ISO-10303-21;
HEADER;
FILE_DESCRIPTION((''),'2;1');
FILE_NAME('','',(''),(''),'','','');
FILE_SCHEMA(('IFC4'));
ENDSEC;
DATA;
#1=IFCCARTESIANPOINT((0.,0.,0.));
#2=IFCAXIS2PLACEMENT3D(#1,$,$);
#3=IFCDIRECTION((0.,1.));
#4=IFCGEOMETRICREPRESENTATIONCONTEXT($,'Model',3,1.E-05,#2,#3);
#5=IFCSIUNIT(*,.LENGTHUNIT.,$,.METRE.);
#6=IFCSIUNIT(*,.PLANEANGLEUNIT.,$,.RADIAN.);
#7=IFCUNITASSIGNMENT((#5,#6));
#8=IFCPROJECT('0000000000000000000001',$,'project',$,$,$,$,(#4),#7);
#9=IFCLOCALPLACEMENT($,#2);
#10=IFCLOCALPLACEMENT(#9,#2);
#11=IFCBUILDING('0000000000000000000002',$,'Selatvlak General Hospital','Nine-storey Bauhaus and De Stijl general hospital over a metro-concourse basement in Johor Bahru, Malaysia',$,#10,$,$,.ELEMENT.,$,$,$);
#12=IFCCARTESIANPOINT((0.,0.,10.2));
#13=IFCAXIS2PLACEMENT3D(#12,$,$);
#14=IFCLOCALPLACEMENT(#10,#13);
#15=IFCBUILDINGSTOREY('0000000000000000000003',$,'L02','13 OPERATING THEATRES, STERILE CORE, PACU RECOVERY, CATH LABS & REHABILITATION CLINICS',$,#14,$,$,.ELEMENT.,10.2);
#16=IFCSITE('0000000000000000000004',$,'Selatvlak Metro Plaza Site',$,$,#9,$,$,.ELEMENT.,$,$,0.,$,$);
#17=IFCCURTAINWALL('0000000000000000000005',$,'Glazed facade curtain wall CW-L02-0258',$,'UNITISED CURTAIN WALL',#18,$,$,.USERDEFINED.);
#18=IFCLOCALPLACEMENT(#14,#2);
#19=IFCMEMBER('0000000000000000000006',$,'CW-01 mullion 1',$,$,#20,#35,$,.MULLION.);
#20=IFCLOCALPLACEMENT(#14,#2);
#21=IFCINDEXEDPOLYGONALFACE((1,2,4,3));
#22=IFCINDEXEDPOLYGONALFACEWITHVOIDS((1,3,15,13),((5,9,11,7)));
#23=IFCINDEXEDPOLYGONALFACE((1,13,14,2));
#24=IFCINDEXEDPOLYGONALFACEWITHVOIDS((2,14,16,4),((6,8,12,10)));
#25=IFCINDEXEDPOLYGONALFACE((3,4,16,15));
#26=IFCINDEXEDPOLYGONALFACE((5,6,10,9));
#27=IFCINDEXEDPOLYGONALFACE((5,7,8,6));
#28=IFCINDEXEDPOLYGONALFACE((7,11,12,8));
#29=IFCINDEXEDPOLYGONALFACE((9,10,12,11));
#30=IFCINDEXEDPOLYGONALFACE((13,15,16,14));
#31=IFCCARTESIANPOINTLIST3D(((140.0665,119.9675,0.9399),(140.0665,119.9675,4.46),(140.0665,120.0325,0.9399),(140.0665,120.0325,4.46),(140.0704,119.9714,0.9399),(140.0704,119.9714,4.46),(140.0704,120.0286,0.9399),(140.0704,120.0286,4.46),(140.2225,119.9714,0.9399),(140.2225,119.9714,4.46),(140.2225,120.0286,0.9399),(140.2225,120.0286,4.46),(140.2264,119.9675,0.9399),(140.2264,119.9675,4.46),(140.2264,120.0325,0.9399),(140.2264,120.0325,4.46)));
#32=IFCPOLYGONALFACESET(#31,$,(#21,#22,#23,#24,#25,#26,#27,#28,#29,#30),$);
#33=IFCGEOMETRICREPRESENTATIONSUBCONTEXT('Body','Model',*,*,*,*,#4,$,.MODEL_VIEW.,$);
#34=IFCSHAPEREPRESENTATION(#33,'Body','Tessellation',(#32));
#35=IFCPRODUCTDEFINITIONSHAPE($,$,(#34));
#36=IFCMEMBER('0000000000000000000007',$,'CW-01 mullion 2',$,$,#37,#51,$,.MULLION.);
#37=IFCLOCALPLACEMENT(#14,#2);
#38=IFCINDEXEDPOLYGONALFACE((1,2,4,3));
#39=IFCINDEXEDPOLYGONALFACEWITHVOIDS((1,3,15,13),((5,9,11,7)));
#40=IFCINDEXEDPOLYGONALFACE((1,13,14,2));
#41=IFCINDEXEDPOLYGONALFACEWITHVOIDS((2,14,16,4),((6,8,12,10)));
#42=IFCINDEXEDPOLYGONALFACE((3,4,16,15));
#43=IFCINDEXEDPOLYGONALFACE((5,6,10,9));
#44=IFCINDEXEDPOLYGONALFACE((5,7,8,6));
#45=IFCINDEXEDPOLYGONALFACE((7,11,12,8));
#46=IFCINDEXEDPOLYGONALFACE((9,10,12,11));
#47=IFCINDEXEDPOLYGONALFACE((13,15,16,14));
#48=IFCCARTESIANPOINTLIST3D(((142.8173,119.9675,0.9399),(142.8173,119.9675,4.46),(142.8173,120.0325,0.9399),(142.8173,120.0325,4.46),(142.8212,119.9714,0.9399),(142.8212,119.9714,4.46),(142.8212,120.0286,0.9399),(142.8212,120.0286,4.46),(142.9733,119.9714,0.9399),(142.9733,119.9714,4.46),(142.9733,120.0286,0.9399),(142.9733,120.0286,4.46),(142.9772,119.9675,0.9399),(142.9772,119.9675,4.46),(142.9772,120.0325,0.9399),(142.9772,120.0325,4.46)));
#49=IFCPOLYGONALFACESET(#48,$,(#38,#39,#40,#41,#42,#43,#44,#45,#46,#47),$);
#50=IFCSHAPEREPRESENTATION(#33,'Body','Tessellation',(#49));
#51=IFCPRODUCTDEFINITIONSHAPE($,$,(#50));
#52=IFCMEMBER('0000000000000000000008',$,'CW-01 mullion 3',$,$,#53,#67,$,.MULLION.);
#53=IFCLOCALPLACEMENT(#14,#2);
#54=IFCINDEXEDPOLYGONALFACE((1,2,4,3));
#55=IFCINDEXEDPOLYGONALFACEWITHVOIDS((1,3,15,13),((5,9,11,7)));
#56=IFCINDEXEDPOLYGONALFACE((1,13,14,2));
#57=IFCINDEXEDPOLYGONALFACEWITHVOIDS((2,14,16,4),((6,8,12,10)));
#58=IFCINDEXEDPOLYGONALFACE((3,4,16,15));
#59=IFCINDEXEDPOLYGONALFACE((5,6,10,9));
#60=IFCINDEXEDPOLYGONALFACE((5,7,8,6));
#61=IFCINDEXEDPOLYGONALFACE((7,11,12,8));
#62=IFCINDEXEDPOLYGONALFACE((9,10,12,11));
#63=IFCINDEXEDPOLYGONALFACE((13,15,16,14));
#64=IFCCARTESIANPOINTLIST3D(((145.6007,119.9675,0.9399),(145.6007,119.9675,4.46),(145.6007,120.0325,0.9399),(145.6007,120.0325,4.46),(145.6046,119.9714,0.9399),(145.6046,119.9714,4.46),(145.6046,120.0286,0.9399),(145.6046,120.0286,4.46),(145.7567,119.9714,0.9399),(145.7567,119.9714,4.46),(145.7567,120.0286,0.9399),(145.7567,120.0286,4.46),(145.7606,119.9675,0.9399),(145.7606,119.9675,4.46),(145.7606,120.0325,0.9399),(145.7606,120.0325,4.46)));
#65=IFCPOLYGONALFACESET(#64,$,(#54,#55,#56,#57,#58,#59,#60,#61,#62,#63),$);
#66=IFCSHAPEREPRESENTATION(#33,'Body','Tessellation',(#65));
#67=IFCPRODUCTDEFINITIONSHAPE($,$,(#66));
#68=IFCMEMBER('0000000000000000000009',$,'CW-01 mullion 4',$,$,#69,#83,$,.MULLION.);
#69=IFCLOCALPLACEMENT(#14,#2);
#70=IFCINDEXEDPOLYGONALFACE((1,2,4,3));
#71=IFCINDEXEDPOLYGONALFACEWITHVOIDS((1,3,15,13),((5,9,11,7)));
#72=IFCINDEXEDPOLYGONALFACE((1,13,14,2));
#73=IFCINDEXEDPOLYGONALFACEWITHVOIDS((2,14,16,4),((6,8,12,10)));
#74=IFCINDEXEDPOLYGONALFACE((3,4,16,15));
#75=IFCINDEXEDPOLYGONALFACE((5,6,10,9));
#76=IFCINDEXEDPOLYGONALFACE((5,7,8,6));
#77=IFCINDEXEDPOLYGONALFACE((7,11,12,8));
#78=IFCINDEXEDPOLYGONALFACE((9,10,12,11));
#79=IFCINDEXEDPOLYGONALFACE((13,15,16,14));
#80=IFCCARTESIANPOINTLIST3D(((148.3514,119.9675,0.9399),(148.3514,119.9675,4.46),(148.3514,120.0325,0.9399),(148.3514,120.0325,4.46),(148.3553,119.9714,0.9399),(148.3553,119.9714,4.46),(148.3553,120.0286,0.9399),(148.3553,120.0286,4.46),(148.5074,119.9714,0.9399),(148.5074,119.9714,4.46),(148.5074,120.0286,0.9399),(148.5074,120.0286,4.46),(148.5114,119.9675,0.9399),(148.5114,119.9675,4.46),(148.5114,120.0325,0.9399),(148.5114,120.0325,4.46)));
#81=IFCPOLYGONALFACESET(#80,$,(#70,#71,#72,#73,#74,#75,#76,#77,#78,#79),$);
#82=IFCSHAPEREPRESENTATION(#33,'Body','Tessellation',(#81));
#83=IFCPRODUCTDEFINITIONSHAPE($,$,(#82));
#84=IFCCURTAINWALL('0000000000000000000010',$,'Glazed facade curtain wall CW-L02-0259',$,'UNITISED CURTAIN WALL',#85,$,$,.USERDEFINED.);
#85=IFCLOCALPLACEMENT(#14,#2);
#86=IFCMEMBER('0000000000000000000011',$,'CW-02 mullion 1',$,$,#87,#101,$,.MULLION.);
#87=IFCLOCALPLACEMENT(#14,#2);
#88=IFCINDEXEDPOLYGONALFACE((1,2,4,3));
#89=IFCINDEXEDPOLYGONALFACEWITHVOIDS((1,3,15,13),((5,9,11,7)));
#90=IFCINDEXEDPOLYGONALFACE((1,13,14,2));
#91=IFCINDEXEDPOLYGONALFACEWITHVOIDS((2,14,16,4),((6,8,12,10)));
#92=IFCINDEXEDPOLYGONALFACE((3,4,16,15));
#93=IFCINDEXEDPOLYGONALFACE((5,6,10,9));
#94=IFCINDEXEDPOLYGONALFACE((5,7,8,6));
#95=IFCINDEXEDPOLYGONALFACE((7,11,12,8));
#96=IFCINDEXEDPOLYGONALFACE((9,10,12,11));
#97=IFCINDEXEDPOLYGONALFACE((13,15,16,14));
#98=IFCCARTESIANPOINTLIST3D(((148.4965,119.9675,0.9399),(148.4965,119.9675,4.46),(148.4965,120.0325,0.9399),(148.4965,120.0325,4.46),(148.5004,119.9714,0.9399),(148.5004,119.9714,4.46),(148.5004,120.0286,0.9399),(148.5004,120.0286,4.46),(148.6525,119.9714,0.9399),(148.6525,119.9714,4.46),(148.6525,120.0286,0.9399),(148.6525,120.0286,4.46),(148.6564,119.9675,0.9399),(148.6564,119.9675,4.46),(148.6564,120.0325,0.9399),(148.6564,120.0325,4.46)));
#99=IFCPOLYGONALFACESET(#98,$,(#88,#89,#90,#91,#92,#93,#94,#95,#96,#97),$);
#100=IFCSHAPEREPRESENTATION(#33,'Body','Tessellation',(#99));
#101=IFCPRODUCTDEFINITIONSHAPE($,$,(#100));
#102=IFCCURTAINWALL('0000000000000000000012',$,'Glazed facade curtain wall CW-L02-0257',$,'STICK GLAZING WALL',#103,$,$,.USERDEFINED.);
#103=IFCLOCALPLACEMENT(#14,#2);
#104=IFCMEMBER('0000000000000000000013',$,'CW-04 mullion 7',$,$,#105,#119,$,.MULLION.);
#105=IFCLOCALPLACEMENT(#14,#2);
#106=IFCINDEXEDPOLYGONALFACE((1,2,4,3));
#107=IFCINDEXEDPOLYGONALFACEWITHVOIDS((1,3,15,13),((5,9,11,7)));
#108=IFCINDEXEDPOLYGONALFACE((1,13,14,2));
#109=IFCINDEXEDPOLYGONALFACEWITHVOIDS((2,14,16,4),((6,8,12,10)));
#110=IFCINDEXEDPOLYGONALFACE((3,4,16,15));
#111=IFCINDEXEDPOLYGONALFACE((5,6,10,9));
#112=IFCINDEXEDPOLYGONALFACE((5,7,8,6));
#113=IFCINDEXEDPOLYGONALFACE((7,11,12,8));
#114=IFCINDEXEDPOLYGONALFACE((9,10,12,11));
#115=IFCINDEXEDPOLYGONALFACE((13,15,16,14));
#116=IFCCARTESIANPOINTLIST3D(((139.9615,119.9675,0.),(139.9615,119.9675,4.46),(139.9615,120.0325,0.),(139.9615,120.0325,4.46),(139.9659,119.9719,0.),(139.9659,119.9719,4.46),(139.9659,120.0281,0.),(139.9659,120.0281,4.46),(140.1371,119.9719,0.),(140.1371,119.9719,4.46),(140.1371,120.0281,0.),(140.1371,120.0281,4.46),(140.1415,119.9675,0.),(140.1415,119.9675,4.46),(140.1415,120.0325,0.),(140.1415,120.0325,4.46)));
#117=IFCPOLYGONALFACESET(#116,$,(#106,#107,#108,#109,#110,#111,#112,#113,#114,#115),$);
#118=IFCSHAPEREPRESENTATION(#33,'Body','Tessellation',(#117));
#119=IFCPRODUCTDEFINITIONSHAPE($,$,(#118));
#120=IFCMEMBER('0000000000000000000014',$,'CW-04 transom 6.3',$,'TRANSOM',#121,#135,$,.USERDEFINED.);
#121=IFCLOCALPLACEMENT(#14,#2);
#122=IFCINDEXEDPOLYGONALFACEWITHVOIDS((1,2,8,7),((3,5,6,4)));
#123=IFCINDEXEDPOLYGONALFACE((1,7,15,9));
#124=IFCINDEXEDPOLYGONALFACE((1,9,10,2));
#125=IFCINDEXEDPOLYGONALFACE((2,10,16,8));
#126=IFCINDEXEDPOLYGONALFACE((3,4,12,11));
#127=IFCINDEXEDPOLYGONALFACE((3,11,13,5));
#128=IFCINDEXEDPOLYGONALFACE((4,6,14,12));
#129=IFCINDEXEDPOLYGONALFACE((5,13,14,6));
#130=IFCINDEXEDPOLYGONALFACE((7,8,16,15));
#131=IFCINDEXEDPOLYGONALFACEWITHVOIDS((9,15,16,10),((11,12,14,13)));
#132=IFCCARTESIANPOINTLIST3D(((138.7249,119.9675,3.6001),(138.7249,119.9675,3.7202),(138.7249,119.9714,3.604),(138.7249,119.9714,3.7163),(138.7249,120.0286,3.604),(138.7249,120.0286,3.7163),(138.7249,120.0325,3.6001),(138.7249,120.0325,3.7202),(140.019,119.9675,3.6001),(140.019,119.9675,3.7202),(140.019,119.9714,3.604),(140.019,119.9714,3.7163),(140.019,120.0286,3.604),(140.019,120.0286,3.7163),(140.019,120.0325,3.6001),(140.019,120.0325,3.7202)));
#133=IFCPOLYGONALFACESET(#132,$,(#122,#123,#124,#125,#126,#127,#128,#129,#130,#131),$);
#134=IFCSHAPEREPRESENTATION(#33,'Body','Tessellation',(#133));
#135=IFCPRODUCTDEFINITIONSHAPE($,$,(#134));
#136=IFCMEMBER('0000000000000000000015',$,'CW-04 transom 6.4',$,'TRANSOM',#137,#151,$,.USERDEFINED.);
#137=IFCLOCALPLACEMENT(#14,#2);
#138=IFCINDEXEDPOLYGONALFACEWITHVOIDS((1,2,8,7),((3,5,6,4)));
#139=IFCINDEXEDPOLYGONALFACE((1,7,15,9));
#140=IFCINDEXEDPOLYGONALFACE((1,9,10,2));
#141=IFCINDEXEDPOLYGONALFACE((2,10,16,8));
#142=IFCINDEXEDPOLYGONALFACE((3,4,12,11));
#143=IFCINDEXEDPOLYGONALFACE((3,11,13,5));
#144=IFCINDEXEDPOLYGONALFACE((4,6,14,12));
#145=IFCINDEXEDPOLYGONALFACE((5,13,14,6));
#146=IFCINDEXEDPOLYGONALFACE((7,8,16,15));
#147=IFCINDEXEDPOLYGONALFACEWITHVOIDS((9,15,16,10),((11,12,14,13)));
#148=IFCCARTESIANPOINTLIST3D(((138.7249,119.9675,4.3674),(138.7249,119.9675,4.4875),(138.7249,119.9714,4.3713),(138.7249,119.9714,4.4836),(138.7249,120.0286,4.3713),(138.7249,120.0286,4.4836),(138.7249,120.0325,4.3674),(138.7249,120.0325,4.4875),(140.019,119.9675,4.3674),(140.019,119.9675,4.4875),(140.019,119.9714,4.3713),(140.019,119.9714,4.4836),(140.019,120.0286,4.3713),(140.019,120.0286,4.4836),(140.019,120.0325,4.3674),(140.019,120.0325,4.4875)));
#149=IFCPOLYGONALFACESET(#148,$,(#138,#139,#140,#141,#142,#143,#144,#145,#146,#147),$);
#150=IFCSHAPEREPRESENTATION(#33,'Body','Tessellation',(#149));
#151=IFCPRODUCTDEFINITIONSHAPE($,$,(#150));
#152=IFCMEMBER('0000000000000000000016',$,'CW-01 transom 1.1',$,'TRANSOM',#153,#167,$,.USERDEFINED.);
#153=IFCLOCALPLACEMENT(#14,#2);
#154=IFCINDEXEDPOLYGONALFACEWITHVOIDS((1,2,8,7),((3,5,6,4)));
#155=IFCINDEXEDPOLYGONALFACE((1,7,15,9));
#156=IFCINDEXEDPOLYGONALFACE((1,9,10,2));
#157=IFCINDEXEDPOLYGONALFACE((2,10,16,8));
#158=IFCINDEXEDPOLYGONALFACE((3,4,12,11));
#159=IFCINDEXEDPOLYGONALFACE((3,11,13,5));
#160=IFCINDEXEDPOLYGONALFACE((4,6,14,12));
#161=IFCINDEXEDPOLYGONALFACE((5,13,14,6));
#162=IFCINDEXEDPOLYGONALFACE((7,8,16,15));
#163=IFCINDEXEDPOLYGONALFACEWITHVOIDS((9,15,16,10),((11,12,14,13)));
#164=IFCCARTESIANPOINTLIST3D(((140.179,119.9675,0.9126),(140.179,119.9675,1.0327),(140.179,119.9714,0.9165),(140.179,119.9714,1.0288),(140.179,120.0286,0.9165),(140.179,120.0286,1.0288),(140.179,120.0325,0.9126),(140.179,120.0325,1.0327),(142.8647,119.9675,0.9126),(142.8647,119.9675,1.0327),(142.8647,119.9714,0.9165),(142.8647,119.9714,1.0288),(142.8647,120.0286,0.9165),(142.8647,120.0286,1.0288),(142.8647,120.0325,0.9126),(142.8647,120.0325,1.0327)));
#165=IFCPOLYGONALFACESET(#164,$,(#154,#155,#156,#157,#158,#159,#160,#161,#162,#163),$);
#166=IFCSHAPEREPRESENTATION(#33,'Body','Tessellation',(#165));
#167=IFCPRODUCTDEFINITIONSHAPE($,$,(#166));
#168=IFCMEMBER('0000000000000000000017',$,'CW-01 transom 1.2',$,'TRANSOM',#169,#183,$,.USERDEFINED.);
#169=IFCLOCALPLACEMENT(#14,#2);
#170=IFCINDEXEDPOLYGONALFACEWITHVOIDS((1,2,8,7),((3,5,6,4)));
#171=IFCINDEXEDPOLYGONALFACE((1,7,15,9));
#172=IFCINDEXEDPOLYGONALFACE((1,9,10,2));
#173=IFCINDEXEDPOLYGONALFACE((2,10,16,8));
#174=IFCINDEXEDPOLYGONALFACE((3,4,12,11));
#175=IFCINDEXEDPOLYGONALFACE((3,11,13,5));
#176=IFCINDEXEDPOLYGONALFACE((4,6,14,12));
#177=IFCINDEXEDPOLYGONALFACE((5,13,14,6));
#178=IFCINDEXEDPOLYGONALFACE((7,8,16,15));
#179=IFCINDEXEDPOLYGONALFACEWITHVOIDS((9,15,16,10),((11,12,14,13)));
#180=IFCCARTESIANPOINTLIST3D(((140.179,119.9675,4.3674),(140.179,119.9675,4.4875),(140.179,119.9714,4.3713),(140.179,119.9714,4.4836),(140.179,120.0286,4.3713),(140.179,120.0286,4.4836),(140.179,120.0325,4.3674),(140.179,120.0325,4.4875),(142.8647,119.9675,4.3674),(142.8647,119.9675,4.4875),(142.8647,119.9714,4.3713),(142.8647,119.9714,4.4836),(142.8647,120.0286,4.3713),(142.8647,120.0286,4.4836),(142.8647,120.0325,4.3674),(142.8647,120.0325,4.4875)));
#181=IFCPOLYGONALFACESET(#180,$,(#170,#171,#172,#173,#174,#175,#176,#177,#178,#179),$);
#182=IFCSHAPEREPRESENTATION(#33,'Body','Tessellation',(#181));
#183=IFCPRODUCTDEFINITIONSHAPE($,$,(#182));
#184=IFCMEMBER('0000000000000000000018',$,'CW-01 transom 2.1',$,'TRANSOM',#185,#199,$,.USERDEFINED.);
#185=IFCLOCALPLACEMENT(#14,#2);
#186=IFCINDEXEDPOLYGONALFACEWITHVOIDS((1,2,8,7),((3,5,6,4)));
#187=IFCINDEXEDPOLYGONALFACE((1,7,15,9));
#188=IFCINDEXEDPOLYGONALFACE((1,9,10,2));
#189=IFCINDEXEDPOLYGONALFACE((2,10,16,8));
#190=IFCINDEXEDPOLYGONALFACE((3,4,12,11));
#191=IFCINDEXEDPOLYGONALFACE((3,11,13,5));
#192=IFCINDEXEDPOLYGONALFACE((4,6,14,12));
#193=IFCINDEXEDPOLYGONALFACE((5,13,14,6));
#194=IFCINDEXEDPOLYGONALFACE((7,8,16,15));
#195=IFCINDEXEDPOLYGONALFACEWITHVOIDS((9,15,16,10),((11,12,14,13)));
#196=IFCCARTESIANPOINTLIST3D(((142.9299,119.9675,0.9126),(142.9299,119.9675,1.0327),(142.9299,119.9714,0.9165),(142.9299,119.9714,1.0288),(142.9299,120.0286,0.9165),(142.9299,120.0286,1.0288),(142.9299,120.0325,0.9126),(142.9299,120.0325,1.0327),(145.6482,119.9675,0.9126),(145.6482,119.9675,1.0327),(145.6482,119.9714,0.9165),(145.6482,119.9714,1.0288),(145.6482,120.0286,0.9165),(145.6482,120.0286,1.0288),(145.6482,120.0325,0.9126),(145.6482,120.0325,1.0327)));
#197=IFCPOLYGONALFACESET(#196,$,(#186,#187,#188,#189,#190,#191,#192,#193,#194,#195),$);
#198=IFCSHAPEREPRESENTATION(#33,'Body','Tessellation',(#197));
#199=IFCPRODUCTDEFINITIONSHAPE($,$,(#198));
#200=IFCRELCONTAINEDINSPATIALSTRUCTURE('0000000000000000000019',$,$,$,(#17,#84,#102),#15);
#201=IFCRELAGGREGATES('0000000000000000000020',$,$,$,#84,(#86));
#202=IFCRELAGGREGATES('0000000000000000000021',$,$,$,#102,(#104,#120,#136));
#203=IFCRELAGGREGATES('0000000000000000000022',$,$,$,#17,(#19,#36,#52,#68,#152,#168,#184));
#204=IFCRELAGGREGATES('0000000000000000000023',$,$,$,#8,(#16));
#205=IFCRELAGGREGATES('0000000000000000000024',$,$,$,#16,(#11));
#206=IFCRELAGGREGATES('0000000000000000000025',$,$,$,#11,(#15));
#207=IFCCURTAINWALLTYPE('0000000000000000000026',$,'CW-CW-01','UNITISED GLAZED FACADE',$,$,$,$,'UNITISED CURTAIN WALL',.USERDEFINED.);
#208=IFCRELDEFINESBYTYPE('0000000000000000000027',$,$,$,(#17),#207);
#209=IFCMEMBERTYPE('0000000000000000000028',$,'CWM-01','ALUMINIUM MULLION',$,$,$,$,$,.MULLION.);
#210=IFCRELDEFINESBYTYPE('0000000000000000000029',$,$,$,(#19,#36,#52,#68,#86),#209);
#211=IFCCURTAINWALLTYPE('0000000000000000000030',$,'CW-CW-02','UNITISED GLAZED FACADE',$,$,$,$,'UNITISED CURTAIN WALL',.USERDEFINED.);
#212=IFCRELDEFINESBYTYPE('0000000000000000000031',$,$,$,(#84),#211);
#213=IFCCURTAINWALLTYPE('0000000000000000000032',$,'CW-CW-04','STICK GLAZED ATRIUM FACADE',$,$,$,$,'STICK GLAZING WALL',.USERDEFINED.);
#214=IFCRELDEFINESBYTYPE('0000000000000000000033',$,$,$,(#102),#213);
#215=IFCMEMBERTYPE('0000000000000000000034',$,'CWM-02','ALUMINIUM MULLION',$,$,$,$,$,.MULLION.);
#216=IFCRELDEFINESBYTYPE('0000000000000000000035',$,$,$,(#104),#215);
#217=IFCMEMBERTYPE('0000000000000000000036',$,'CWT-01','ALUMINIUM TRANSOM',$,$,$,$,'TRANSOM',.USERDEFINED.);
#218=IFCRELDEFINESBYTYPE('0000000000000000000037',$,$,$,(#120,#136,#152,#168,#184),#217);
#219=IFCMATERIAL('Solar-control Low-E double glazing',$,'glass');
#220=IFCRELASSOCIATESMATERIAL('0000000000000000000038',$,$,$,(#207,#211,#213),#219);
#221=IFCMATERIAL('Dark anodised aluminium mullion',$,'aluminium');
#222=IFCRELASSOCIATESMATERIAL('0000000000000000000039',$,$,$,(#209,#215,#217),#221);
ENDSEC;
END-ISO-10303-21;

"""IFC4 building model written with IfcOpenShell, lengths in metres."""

from ifc_helpers import new_model, si_unit, direction, frame, origin, origin_2d, place, context, subcontext, project, spatial, hollow_rectangle, extrude, material, material_profile, profile_set, type_object, element, aggregate, save


model = new_model("IFC4")

# Units and contexts
model_context = context("Model", 3, precision=1e-05, world=origin(), true_north=direction((0.0, 1.0)))
body_context = subcontext(model_context, "Body", "Model", "MODEL_VIEW")
ifc_project = project(units=[si_unit("LENGTHUNIT", "METRE"), si_unit("PLANEANGLEUNIT", "RADIAN")], contexts=[model_context])

# Site, building, storey
site_placement = place(None, origin())
site = spatial("IfcSite", under=ifc_project, at=site_placement, Name="Selatvlak Metro Plaza Site", CompositionType="ELEMENT", RefElevation=0.0)
building_placement = place(site_placement, origin())
building = spatial("IfcBuilding", under=site, at=building_placement, Name="Selatvlak General Hospital", Description="Nine-storey Bauhaus and De Stijl general hospital over a metro-concourse basement in Johor Bahru, Malaysia", CompositionType="ELEMENT")
storey_placement = place(building_placement, frame((0.0, 0.0, 10.2)))
storey = spatial("IfcBuildingStorey", under=building, at=storey_placement, Name="L02", Description="13 OPERATING THEATRES, STERILE CORE, PACU RECOVERY, CATH LABS & REHABILITATION CLINICS", CompositionType="ELEMENT", Elevation=10.2)

# Curtain wall, members
ifc_material_1 = material(Name="Solar-control Low-E double glazing", Category="glass")
curtain_wall_type_1 = type_object("IfcCurtainWallType", Name="CW-CW-01", Description="UNITISED GLAZED FACADE", ElementType="UNITISED CURTAIN WALL", PredefinedType="USERDEFINED", material=ifc_material_1)
curtain_wall_1_placement = place(storey_placement, origin())
curtain_wall_1 = element("IfcCurtainWall", 1, at=curtain_wall_1_placement, inside=storey, type_object=curtain_wall_type_1, Name="Glazed facade curtain wall CW-L02-0258", ObjectType="UNITISED CURTAIN WALL", PredefinedType="USERDEFINED")
ifc_material_2 = material(Name="Dark anodised aluminium mullion", Category="aluminium")
ifc_material_profile_1 = material_profile(ifc_material_2, hollow_rectangle(XDim=0.0649, YDim=0.1599, WallThickness=0.0039, at=origin_2d()), Name="AL-MUL 65x160x4")
ifc_profile_set_1 = profile_set([ifc_material_profile_1], Name="Dark anodised aluminium mullion")
member_type_1 = type_object("IfcMemberType", Name="CWM-01", Description="ALUMINIUM MULLION", PredefinedType="MULLION", material=ifc_profile_set_1)
member_1_placement = place(storey_placement, frame((140.1465, 120.0, 0.9399), z_axis=(0.0, 0.0, 1.0), x_axis=(0.0, 1.0, 0.0)))
member_1 = element("IfcMember", 2, at=member_1_placement, type_object=member_type_1, Name="CW-01 mullion 1", PredefinedType="MULLION", context=body_context, shape_type="SweptSolid", body=[
    extrude(hollow_rectangle(XDim=0.0649, YDim=0.1599, WallThickness=0.0039, at=origin_2d()), origin(), (0.0, 0.0, 1.0), 3.52),
])
member_2_placement = place(storey_placement, frame((142.8972, 120.0, 0.9399), z_axis=(0.0, 0.0, 1.0), x_axis=(0.0, 1.0, 0.0)))
member_2 = element("IfcMember", 3, at=member_2_placement, type_object=member_type_1, Name="CW-01 mullion 2", PredefinedType="MULLION", context=body_context, shape_type="SweptSolid", body=[
    extrude(hollow_rectangle(XDim=0.0649, YDim=0.1599, WallThickness=0.0039, at=origin_2d()), origin(), (0.0, 0.0, 1.0), 3.52),
])
member_3_placement = place(storey_placement, frame((145.6807, 120.0, 0.9399), z_axis=(0.0, 0.0, 1.0), x_axis=(0.0, 1.0, 0.0)))
member_3 = element("IfcMember", 4, at=member_3_placement, type_object=member_type_1, Name="CW-01 mullion 3", PredefinedType="MULLION", context=body_context, shape_type="SweptSolid", body=[
    extrude(hollow_rectangle(XDim=0.0649, YDim=0.1599, WallThickness=0.0039, at=origin_2d()), origin(), (0.0, 0.0, 1.0), 3.52),
])
member_4_placement = place(storey_placement, frame((148.4314, 120.0, 0.9399), z_axis=(0.0, 0.0, 1.0), x_axis=(0.0, 1.0, 0.0)))
member_4 = element("IfcMember", 5, at=member_4_placement, type_object=member_type_1, Name="CW-01 mullion 4", PredefinedType="MULLION", context=body_context, shape_type="SweptSolid", body=[
    extrude(hollow_rectangle(XDim=0.0649, YDim=0.1599, WallThickness=0.0039, at=origin_2d()), origin(), (0.0, 0.0, 1.0), 3.52),
])

# Curtain wall, member
curtain_wall_type_2 = type_object("IfcCurtainWallType", Name="CW-CW-02", Description="UNITISED GLAZED FACADE", ElementType="UNITISED CURTAIN WALL", PredefinedType="USERDEFINED", material=ifc_material_1)
curtain_wall_2_placement = place(storey_placement, origin())
curtain_wall_2 = element("IfcCurtainWall", 6, at=curtain_wall_2_placement, inside=storey, type_object=curtain_wall_type_2, Name="Glazed facade curtain wall CW-L02-0259", ObjectType="UNITISED CURTAIN WALL", PredefinedType="USERDEFINED")
member_5_placement = place(storey_placement, frame((148.5764, 120.0, 0.9399), z_axis=(0.0, 0.0, 1.0), x_axis=(0.0, 1.0, 0.0)))
member_5 = element("IfcMember", 7, at=member_5_placement, type_object=member_type_1, Name="CW-02 mullion 1", PredefinedType="MULLION", context=body_context, shape_type="SweptSolid", body=[
    extrude(hollow_rectangle(XDim=0.0649, YDim=0.1599, WallThickness=0.0039, at=origin_2d()), origin(), (0.0, 0.0, 1.0), 3.52),
])

# Curtain wall, members
curtain_wall_type_3 = type_object("IfcCurtainWallType", Name="CW-CW-04", Description="STICK GLAZED ATRIUM FACADE", ElementType="STICK GLAZING WALL", PredefinedType="USERDEFINED", material=ifc_material_1)
curtain_wall_3_placement = place(storey_placement, origin())
curtain_wall_3 = element("IfcCurtainWall", 8, at=curtain_wall_3_placement, inside=storey, type_object=curtain_wall_type_3, Name="Glazed facade curtain wall CW-L02-0257", ObjectType="STICK GLAZING WALL", PredefinedType="USERDEFINED")
ifc_material_profile_2 = material_profile(ifc_material_2, hollow_rectangle(XDim=0.0649, YDim=0.1799, WallThickness=0.0044, at=origin_2d()), Name="AL-MUL 65x180x4.5")
ifc_profile_set_2 = profile_set([ifc_material_profile_2], Name="Dark anodised aluminium mullion")
member_type_2 = type_object("IfcMemberType", Name="CWM-02", Description="ALUMINIUM MULLION", PredefinedType="MULLION", material=ifc_profile_set_2)
member_6_placement = place(storey_placement, frame((140.0515, 120.0, 0.0), z_axis=(0.0, 0.0, 1.0), x_axis=(0.0, 1.0, 0.0)))
member_6 = element("IfcMember", 9, at=member_6_placement, type_object=member_type_2, Name="CW-04 mullion 7", PredefinedType="MULLION", context=body_context, shape_type="SweptSolid", body=[
    extrude(hollow_rectangle(XDim=0.0649, YDim=0.1799, WallThickness=0.0044, at=origin_2d()), origin(), (0.0, 0.0, 1.0), 4.46),
])
ifc_material_profile_3 = material_profile(ifc_material_2, hollow_rectangle(XDim=0.0649, YDim=0.1201, WallThickness=0.0039, at=origin_2d()), Name="AL-TRN 65x120x4")
ifc_profile_set_3 = profile_set([ifc_material_profile_3], Name="Dark anodised aluminium mullion")
member_type_3 = type_object("IfcMemberType", Name="CWT-01", Description="ALUMINIUM TRANSOM", ElementType="TRANSOM", PredefinedType="USERDEFINED", material=ifc_profile_set_3)
member_7_placement = place(storey_placement, frame((138.7249, 120.0, 3.6602), z_axis=(1.0, 0.0, 0.0), x_axis=(0.0, 1.0, 0.0)))
member_7 = element("IfcMember", 10, at=member_7_placement, type_object=member_type_3, Name="CW-04 transom 6.3", ObjectType="TRANSOM", PredefinedType="USERDEFINED", context=body_context, shape_type="SweptSolid", body=[
    extrude(hollow_rectangle(XDim=0.0649, YDim=0.1201, WallThickness=0.0039, at=origin_2d()), origin(), (0.0, 0.0, 1.0), 1.2942),
])
member_8_placement = place(storey_placement, frame((138.7249, 120.0, 4.4275), z_axis=(1.0, 0.0, 0.0), x_axis=(0.0, 1.0, 0.0)))
member_8 = element("IfcMember", 11, at=member_8_placement, type_object=member_type_3, Name="CW-04 transom 6.4", ObjectType="TRANSOM", PredefinedType="USERDEFINED", context=body_context, shape_type="SweptSolid", body=[
    extrude(hollow_rectangle(XDim=0.0649, YDim=0.1201, WallThickness=0.0039, at=origin_2d()), origin(), (0.0, 0.0, 1.0), 1.2942),
])

# Members
member_9_placement = place(storey_placement, frame((140.179, 120.0, 0.9727), z_axis=(1.0, 0.0, 0.0), x_axis=(0.0, 1.0, 0.0)))
member_9 = element("IfcMember", 12, at=member_9_placement, type_object=member_type_3, Name="CW-01 transom 1.1", ObjectType="TRANSOM", PredefinedType="USERDEFINED", context=body_context, shape_type="SweptSolid", body=[
    extrude(hollow_rectangle(XDim=0.0649, YDim=0.1201, WallThickness=0.0039, at=origin_2d()), origin(), (0.0, 0.0, 1.0), 2.6858),
])
member_10_placement = place(storey_placement, frame((140.179, 120.0, 4.4275), z_axis=(1.0, 0.0, 0.0), x_axis=(0.0, 1.0, 0.0)))
member_10 = element("IfcMember", 13, at=member_10_placement, type_object=member_type_3, Name="CW-01 transom 1.2", ObjectType="TRANSOM", PredefinedType="USERDEFINED", context=body_context, shape_type="SweptSolid", body=[
    extrude(hollow_rectangle(XDim=0.0649, YDim=0.1201, WallThickness=0.0039, at=origin_2d()), origin(), (0.0, 0.0, 1.0), 2.6858),
])
member_11_placement = place(storey_placement, frame((142.9299, 120.0, 0.9727), z_axis=(1.0, 0.0, 0.0), x_axis=(0.0, 1.0, 0.0)))
member_11 = element("IfcMember", 14, at=member_11_placement, type_object=member_type_3, Name="CW-01 transom 2.1", ObjectType="TRANSOM", PredefinedType="USERDEFINED", context=body_context, shape_type="SweptSolid", body=[
    extrude(hollow_rectangle(XDim=0.0649, YDim=0.1201, WallThickness=0.0039, at=origin_2d()), origin(), (0.0, 0.0, 1.0), 2.7183),
])
aggregate(curtain_wall_2, [member_5])

aggregate(curtain_wall_3, [member_6, member_7, member_8])
aggregate(curtain_wall_1, [member_1, member_2, member_3, member_4, member_9, member_10, member_11])

save(model, "model.ifc")
